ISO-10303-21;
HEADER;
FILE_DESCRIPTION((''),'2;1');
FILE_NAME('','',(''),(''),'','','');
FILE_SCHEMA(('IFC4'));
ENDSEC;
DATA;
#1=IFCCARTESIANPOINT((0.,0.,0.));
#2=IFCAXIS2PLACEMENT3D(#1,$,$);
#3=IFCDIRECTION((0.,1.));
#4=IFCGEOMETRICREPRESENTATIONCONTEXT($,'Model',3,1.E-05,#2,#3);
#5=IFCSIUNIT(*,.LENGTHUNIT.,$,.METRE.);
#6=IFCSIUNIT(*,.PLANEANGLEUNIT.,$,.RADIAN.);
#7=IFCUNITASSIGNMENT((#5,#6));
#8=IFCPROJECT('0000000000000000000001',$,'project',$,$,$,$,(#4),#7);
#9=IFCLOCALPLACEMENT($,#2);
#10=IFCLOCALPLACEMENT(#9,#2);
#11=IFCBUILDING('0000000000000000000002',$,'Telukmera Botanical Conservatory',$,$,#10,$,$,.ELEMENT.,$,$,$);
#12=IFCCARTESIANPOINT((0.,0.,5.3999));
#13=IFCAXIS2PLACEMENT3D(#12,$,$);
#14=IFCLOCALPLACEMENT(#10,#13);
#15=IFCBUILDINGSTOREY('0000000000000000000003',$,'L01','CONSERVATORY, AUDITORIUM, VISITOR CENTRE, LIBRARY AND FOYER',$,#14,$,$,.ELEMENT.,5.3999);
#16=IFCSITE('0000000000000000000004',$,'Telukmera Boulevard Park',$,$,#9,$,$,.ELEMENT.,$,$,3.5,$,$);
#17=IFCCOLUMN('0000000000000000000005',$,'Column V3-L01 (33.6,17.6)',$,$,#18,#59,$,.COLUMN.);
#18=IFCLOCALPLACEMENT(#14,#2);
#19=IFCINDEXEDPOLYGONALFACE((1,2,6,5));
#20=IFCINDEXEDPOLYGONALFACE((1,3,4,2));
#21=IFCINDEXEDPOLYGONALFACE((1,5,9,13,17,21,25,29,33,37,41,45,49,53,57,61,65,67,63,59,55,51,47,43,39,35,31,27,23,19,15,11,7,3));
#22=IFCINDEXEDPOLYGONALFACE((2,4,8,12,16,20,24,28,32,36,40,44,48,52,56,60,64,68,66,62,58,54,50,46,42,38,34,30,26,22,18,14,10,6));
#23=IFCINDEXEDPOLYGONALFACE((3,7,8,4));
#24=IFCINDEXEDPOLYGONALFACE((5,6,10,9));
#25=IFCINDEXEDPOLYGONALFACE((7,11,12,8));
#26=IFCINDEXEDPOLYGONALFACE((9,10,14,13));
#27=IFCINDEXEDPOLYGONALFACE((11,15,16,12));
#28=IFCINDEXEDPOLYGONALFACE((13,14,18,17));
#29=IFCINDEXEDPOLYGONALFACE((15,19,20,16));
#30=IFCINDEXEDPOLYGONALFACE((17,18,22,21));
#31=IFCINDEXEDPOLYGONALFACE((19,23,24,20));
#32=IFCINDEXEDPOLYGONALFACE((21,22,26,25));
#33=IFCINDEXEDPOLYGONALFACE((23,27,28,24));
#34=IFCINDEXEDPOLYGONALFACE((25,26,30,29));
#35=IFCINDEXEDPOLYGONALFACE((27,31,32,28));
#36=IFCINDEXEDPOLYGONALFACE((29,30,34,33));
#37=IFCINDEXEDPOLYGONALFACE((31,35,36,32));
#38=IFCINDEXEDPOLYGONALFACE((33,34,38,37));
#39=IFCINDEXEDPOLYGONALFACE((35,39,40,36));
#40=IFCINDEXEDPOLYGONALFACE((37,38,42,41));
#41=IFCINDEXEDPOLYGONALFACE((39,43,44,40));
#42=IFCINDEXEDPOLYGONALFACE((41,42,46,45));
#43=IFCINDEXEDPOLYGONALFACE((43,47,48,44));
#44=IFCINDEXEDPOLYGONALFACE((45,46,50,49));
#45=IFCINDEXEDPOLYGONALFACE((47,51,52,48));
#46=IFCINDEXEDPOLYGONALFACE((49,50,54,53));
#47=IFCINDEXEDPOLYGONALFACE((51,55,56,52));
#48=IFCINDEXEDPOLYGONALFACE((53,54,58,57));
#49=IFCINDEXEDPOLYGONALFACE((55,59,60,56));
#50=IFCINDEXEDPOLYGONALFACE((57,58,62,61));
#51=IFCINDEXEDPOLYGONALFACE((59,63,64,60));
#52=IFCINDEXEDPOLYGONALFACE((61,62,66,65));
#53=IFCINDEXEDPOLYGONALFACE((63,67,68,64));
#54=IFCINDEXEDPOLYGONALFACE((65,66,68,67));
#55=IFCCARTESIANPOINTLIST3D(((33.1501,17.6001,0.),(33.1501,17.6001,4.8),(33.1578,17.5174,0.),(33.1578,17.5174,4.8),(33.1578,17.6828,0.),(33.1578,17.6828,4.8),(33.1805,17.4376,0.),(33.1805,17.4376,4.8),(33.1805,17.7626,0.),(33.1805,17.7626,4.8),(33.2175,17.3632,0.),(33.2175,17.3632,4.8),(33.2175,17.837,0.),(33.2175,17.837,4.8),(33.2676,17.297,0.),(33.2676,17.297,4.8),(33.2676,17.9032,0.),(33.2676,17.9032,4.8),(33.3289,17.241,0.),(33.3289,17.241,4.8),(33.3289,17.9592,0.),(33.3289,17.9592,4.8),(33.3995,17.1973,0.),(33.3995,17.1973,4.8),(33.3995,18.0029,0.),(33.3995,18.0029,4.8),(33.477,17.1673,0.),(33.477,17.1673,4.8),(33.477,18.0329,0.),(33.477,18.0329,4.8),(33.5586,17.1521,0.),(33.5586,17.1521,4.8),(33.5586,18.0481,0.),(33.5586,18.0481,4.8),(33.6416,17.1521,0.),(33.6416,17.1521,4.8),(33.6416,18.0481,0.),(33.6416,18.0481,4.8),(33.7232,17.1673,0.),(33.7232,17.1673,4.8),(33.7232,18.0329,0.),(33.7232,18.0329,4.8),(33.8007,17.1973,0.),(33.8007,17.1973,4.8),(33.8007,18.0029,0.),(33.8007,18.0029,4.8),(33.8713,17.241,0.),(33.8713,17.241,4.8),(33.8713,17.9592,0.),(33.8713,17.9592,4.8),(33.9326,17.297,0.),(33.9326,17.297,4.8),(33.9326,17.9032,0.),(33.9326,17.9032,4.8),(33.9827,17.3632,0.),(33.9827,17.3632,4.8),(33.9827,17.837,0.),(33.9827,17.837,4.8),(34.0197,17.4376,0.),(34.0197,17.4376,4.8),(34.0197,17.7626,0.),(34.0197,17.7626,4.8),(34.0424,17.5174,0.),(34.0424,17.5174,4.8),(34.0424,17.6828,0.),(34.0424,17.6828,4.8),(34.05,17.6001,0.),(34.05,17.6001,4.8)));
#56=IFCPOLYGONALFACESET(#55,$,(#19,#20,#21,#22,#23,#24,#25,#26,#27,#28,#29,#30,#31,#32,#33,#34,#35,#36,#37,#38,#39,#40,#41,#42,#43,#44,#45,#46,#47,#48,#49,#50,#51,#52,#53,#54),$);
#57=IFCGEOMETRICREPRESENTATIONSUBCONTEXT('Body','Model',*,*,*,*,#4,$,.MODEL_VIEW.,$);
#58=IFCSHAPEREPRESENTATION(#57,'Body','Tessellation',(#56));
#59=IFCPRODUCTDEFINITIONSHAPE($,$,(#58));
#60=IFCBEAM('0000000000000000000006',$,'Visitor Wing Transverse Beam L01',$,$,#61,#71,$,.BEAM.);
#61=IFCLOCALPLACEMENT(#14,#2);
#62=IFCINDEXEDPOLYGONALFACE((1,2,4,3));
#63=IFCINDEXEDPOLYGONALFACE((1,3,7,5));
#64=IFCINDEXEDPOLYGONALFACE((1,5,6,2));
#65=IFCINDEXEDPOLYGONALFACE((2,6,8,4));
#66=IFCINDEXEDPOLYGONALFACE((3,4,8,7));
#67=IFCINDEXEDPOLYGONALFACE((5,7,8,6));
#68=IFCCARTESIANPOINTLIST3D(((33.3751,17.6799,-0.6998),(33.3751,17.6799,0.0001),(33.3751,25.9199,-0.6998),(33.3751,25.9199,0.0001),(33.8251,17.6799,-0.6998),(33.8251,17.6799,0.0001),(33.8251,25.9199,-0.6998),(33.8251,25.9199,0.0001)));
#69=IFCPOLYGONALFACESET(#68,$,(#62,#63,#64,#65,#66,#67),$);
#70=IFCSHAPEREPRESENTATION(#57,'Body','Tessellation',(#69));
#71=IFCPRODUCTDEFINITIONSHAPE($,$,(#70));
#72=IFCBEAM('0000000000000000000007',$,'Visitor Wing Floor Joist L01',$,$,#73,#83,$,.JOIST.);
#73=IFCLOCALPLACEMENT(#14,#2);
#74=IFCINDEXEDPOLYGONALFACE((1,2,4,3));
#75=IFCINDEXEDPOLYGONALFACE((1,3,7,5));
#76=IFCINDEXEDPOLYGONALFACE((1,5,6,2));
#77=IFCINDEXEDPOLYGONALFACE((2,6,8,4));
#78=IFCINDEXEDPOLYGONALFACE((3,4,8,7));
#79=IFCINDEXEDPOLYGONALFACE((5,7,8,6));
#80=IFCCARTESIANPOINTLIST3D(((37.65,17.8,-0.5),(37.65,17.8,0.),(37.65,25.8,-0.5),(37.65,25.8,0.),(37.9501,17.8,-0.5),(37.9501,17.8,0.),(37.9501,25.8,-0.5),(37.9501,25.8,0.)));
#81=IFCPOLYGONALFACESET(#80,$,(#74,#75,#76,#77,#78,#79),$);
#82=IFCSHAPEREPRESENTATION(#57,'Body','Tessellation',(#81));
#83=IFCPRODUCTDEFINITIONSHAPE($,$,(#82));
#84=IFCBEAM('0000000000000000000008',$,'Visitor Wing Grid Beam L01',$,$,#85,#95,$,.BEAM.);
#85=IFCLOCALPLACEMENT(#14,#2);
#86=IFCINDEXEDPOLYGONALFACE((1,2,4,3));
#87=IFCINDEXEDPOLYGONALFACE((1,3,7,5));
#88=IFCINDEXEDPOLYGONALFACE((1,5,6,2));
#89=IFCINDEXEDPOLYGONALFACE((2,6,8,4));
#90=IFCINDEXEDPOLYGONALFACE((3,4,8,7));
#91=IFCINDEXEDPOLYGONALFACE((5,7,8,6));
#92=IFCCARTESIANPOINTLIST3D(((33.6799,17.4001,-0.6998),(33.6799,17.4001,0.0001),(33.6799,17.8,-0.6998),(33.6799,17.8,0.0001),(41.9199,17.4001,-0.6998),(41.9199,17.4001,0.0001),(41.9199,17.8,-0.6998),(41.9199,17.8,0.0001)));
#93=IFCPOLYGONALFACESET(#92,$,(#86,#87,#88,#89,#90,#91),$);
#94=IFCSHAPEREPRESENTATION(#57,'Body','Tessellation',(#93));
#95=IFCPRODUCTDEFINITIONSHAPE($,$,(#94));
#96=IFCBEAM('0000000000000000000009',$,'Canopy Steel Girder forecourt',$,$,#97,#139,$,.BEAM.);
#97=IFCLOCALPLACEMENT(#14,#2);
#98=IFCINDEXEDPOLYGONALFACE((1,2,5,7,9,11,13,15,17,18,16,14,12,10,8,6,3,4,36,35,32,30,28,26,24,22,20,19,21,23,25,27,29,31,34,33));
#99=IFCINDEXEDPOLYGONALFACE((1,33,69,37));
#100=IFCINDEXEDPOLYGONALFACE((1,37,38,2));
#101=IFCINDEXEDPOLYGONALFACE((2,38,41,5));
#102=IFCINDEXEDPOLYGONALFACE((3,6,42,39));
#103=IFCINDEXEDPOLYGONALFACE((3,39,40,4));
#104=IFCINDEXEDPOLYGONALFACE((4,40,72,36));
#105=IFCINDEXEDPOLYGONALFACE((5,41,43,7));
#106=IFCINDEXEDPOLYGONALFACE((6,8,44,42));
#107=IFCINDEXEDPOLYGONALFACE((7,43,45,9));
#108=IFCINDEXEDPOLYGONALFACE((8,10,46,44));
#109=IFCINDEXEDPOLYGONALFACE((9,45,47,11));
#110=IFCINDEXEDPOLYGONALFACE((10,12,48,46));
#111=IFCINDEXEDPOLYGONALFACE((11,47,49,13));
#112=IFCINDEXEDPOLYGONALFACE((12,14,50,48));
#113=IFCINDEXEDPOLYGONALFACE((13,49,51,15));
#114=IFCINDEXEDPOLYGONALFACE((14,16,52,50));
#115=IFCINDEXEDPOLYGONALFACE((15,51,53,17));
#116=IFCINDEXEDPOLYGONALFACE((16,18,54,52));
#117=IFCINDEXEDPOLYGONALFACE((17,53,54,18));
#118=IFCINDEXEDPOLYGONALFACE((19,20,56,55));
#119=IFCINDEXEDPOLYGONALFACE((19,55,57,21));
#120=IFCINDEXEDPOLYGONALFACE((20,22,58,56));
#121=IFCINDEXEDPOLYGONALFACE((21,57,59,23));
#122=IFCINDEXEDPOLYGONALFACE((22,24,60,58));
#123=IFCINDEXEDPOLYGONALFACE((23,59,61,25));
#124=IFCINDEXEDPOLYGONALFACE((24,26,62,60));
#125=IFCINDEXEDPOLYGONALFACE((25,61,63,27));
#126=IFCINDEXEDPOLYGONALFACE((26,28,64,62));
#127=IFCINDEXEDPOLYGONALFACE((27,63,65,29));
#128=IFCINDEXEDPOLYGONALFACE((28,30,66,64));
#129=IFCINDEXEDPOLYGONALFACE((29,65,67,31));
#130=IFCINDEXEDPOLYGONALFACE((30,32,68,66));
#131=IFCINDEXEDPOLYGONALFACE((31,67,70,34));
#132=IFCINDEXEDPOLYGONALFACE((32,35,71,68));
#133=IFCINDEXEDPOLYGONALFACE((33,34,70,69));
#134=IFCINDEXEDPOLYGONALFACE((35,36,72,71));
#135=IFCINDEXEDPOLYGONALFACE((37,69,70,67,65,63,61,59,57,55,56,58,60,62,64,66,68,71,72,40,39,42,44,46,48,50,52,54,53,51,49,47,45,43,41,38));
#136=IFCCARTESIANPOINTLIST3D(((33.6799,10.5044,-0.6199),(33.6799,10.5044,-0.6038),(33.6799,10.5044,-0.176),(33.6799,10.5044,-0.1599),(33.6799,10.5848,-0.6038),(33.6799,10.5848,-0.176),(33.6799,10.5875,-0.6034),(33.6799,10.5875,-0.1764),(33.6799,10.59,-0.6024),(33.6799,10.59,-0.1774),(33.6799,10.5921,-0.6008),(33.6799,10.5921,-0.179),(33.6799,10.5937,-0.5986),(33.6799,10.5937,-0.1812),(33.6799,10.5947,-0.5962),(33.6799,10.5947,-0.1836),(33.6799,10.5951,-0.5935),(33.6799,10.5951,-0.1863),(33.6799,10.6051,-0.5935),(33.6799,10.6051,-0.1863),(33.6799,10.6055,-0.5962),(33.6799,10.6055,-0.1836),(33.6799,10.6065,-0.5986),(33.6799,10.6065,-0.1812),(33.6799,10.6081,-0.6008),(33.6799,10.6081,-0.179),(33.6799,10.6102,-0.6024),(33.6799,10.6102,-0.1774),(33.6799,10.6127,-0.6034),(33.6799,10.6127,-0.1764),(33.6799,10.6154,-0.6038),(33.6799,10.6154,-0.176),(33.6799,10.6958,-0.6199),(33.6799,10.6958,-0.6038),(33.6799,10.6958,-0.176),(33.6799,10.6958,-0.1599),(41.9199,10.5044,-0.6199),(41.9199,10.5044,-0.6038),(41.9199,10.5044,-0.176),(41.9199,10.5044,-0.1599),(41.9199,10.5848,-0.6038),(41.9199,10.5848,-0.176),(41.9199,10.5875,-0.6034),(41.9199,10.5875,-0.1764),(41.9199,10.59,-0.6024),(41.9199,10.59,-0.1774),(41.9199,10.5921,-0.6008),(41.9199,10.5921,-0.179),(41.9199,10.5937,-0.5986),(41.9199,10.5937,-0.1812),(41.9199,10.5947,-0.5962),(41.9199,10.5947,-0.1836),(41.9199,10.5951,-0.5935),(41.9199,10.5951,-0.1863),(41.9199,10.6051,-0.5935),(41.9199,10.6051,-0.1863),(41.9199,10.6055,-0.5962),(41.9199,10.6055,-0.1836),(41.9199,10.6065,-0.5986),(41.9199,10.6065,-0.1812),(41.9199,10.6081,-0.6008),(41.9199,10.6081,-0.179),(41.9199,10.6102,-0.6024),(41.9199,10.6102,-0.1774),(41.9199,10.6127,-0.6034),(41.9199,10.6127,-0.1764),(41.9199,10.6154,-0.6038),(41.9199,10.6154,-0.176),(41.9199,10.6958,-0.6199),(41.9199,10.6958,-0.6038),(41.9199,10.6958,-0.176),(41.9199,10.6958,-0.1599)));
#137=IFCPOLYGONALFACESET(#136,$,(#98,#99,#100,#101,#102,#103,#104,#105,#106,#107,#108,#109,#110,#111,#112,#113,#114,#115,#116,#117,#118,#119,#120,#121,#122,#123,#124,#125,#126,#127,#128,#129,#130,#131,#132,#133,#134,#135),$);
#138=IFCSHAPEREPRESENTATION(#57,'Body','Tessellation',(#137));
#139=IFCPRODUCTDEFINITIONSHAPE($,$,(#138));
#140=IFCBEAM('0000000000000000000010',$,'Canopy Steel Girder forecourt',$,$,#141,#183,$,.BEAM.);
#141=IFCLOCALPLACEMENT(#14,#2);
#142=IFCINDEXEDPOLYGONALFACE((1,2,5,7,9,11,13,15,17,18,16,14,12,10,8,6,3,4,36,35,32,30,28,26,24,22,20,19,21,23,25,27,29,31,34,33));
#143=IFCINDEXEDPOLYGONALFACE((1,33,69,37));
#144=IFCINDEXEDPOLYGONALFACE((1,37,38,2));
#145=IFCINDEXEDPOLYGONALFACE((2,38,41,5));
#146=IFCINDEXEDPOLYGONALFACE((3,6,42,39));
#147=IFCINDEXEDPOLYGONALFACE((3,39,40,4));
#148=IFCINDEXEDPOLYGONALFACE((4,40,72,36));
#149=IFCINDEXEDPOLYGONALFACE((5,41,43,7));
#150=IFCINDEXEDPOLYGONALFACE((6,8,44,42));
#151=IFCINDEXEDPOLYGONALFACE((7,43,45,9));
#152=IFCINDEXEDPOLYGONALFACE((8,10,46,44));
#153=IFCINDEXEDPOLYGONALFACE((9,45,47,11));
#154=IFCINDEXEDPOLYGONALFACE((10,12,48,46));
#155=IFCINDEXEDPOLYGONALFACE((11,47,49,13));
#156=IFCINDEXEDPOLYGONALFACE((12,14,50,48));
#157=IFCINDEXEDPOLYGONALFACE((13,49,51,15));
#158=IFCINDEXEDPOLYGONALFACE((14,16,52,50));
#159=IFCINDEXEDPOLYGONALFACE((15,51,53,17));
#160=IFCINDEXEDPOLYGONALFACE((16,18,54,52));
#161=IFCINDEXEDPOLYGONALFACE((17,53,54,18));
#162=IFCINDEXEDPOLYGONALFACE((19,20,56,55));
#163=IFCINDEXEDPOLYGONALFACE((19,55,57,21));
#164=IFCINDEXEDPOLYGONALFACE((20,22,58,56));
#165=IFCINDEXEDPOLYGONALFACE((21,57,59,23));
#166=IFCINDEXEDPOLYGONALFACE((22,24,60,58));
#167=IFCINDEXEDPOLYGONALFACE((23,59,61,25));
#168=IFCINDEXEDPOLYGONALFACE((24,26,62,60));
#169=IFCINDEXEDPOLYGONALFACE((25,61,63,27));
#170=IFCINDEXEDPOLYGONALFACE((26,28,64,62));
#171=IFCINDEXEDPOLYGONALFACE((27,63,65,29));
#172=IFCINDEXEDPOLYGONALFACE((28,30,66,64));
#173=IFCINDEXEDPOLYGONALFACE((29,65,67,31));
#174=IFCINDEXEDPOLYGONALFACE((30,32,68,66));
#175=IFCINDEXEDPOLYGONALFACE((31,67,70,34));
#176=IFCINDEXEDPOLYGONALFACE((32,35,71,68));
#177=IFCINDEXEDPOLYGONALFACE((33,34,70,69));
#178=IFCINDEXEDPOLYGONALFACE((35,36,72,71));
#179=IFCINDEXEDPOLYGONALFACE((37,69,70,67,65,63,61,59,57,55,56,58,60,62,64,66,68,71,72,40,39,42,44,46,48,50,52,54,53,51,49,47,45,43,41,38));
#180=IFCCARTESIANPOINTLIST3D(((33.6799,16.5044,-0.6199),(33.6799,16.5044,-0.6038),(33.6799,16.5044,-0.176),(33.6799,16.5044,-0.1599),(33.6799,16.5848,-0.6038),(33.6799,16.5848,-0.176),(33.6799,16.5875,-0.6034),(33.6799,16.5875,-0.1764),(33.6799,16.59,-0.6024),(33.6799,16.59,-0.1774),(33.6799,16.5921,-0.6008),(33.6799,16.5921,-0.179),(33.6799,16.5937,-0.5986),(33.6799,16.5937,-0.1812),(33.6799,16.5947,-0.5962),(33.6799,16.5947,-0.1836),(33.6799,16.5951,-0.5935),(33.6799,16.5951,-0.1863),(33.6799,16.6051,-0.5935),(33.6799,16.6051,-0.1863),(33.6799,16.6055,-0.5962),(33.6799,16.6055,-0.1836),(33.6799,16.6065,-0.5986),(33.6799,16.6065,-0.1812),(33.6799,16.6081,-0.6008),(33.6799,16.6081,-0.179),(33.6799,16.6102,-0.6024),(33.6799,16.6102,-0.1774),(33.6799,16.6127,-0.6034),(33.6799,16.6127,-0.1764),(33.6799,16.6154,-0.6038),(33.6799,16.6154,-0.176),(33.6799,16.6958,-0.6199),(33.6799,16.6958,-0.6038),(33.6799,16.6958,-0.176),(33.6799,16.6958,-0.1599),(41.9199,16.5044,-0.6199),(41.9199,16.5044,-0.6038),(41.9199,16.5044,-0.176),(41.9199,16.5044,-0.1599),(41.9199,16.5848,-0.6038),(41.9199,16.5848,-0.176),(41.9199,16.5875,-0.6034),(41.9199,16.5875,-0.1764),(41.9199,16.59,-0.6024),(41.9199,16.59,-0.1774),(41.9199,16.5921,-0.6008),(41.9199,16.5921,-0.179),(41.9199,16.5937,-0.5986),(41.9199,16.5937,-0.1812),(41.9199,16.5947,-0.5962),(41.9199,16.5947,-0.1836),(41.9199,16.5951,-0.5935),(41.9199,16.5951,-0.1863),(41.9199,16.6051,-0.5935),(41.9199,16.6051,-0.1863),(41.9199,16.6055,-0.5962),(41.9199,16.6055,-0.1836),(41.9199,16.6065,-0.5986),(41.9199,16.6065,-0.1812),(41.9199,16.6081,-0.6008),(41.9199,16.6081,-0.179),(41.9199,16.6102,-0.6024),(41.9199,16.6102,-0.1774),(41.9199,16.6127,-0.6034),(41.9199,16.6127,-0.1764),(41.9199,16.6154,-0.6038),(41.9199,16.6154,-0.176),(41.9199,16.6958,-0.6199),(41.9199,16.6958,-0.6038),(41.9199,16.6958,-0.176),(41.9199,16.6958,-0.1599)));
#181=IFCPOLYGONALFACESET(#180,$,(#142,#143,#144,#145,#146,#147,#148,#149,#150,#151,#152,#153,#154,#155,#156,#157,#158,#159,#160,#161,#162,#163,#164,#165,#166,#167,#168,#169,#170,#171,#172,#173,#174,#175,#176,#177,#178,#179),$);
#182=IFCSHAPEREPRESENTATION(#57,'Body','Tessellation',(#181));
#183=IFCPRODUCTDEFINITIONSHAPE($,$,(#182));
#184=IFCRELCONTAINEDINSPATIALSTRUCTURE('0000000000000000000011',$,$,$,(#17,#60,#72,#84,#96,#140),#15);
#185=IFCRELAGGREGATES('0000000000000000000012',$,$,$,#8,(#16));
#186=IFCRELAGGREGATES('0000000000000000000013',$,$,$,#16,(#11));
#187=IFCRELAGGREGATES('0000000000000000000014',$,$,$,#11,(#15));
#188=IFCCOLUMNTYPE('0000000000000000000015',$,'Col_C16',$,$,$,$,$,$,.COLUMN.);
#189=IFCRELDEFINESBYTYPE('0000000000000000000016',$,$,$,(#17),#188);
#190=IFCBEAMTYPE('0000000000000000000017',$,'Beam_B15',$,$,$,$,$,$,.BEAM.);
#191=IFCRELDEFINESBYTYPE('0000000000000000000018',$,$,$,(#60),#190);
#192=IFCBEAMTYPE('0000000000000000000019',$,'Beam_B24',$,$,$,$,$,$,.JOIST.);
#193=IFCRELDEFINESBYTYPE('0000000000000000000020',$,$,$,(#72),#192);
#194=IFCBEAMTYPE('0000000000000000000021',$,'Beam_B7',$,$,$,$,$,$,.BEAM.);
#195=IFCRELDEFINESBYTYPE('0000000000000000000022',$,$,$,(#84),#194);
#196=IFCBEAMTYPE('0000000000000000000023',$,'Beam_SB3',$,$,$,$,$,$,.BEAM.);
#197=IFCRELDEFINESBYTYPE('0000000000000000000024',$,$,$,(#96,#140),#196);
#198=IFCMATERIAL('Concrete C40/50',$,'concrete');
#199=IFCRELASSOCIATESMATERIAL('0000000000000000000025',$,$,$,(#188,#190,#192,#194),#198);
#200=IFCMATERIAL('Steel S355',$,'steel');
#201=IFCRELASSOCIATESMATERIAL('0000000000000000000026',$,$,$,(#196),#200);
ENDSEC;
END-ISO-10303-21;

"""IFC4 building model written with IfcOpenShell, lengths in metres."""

from ifc_helpers import new_model, si_unit, direction, frame, origin, origin_2d, place, context, subcontext, project, spatial, rectangle, circle, i_section, extrude, material, material_profile, profile_set, type_object, element, save


model = new_model("IFC4")

# Units and contexts
model_context = context("Model", 3, precision=1e-05, world=origin(), true_north=direction((0.0, 1.0)))
body_context = subcontext(model_context, "Body", "Model", "MODEL_VIEW")
ifc_project = project(units=[si_unit("LENGTHUNIT", "METRE"), si_unit("PLANEANGLEUNIT", "RADIAN")], contexts=[model_context])

# Site, building, storey
site_placement = place(None, origin())
site = spatial("IfcSite", under=ifc_project, at=site_placement, Name="Telukmera Boulevard Park", CompositionType="ELEMENT", RefElevation=3.5)
building_placement = place(site_placement, origin())
building = spatial("IfcBuilding", under=site, at=building_placement, Name="Telukmera Botanical Conservatory", CompositionType="ELEMENT")
storey_placement = place(building_placement, frame((0.0, 0.0, 5.3999)))
storey = spatial("IfcBuildingStorey", under=building, at=storey_placement, Name="L01", Description="CONSERVATORY, AUDITORIUM, VISITOR CENTRE, LIBRARY AND FOYER", CompositionType="ELEMENT", Elevation=5.3999)

# Column
ifc_material_1 = material(Name="Concrete C40/50", Category="concrete")
ifc_material_profile_1 = material_profile(ifc_material_1, circle(Radius=0.45, at=origin_2d()), Name="RC D900")
ifc_profile_set_1 = profile_set([ifc_material_profile_1], Name="Concrete C40/50")
column_type = type_object("IfcColumnType", Name="Col_C16", PredefinedType="COLUMN", material=ifc_profile_set_1)
column_placement = place(storey_placement, frame((33.6001, 17.6001, 0.0), z_axis=(0.0, 0.0, 1.0), x_axis=(1.0, 0.0, 0.0)))
element("IfcColumn", 1, at=column_placement, inside=storey, type_object=column_type, Name="Column V3-L01 (33.6,17.6)", PredefinedType="COLUMN", context=body_context, shape_type="SweptSolid", body=[
    extrude(circle(Radius=0.45, at=origin_2d()), origin(), (0.0, 0.0, 1.0), 4.8),
])

# Beams
ifc_material_profile_2 = material_profile(ifc_material_1, rectangle(XDim=0.45, YDim=0.7, at=origin_2d()), Name="RC 450x700")
ifc_profile_set_2 = profile_set([ifc_material_profile_2], Name="Concrete C40/50")
beam_type_1 = type_object("IfcBeamType", Name="Beam_B15", PredefinedType="BEAM", material=ifc_profile_set_2)
beam_1_placement = place(storey_placement, frame((33.6001, 17.6799, -0.3499), z_axis=(0.0, 1.0, 0.0), x_axis=(-1.0, 0.0, 0.0)))
element("IfcBeam", 2, at=beam_1_placement, inside=storey, type_object=beam_type_1, Name="Visitor Wing Transverse Beam L01", PredefinedType="BEAM", context=body_context, shape_type="SweptSolid", body=[
    extrude(rectangle(XDim=0.45, YDim=0.7, at=origin_2d()), origin(), (0.0, 0.0, 1.0), 8.24),
])
ifc_material_profile_3 = material_profile(ifc_material_1, rectangle(XDim=0.3, YDim=0.5, at=origin_2d()), Name="RC 300x500")
ifc_profile_set_3 = profile_set([ifc_material_profile_3], Name="Concrete C40/50")
beam_type_2 = type_object("IfcBeamType", Name="Beam_B24", PredefinedType="JOIST", material=ifc_profile_set_3)
beam_2_placement = place(storey_placement, frame((37.8, 17.8, -0.25), z_axis=(0.0, 1.0, 0.0), x_axis=(-1.0, 0.0, 0.0)))
element("IfcBeam", 3, at=beam_2_placement, inside=storey, type_object=beam_type_2, Name="Visitor Wing Floor Joist L01", PredefinedType="JOIST", context=body_context, shape_type="SweptSolid", body=[
    extrude(rectangle(XDim=0.3, YDim=0.5, at=origin_2d()), origin(), (0.0, 0.0, 1.0), 8.0),
])
ifc_material_profile_4 = material_profile(ifc_material_1, rectangle(XDim=0.3999, YDim=0.7, at=origin_2d()), Name="RC 400x700")
ifc_profile_set_4 = profile_set([ifc_material_profile_4], Name="Concrete C40/50")
beam_type_3 = type_object("IfcBeamType", Name="Beam_B7", PredefinedType="BEAM", material=ifc_profile_set_4)
beam_3_placement = place(storey_placement, frame((33.6799, 17.6001, -0.3499), z_axis=(1.0, 0.0, 0.0), x_axis=(0.0, 1.0, 0.0)))
element("IfcBeam", 4, at=beam_3_placement, inside=storey, type_object=beam_type_3, Name="Visitor Wing Grid Beam L01", PredefinedType="BEAM", context=body_context, shape_type="SweptSolid", body=[
    extrude(rectangle(XDim=0.3999, YDim=0.7, at=origin_2d()), origin(), (0.0, 0.0, 1.0), 8.24),
])
ifc_material_2 = material(Name="Steel S355", Category="steel")
ifc_material_profile_5 = material_profile(ifc_material_2, i_section(OverallWidth=0.1914, OverallDepth=0.46, WebThickness=0.01, FlangeThickness=0.0161, FilletRadius=0.0103, at=origin_2d()), Name="UB 457x191x82")
ifc_profile_set_5 = profile_set([ifc_material_profile_5], Name="Steel S355")
beam_type_4 = type_object("IfcBeamType", Name="Beam_SB3", PredefinedType="BEAM", material=ifc_profile_set_5)
for number, where, z_axis, x_axis, name in (
    (5, (33.6799, 10.6001, -0.3899), (1.0, 0.0, 0.0), (0.0, 1.0, 0.0), "Canopy Steel Girder forecourt"),
    (6, (33.6799, 16.6001, -0.3899), (1.0, 0.0, 0.0), (0.0, 1.0, 0.0), "Canopy Steel Girder forecourt"),
):
    element("IfcBeam", number, at=place(storey_placement, frame(where, z_axis=z_axis, x_axis=x_axis)), inside=storey, type_object=beam_type_4, Name=name, PredefinedType="BEAM", context=body_context, shape_type="SweptSolid", body=[
        extrude(i_section(OverallWidth=0.1914, OverallDepth=0.46, WebThickness=0.01, FlangeThickness=0.0161, FilletRadius=0.0103, at=origin_2d()), origin(), (0.0, 0.0, 1.0), 8.24),
    ])

save(model, "model.ifc")
